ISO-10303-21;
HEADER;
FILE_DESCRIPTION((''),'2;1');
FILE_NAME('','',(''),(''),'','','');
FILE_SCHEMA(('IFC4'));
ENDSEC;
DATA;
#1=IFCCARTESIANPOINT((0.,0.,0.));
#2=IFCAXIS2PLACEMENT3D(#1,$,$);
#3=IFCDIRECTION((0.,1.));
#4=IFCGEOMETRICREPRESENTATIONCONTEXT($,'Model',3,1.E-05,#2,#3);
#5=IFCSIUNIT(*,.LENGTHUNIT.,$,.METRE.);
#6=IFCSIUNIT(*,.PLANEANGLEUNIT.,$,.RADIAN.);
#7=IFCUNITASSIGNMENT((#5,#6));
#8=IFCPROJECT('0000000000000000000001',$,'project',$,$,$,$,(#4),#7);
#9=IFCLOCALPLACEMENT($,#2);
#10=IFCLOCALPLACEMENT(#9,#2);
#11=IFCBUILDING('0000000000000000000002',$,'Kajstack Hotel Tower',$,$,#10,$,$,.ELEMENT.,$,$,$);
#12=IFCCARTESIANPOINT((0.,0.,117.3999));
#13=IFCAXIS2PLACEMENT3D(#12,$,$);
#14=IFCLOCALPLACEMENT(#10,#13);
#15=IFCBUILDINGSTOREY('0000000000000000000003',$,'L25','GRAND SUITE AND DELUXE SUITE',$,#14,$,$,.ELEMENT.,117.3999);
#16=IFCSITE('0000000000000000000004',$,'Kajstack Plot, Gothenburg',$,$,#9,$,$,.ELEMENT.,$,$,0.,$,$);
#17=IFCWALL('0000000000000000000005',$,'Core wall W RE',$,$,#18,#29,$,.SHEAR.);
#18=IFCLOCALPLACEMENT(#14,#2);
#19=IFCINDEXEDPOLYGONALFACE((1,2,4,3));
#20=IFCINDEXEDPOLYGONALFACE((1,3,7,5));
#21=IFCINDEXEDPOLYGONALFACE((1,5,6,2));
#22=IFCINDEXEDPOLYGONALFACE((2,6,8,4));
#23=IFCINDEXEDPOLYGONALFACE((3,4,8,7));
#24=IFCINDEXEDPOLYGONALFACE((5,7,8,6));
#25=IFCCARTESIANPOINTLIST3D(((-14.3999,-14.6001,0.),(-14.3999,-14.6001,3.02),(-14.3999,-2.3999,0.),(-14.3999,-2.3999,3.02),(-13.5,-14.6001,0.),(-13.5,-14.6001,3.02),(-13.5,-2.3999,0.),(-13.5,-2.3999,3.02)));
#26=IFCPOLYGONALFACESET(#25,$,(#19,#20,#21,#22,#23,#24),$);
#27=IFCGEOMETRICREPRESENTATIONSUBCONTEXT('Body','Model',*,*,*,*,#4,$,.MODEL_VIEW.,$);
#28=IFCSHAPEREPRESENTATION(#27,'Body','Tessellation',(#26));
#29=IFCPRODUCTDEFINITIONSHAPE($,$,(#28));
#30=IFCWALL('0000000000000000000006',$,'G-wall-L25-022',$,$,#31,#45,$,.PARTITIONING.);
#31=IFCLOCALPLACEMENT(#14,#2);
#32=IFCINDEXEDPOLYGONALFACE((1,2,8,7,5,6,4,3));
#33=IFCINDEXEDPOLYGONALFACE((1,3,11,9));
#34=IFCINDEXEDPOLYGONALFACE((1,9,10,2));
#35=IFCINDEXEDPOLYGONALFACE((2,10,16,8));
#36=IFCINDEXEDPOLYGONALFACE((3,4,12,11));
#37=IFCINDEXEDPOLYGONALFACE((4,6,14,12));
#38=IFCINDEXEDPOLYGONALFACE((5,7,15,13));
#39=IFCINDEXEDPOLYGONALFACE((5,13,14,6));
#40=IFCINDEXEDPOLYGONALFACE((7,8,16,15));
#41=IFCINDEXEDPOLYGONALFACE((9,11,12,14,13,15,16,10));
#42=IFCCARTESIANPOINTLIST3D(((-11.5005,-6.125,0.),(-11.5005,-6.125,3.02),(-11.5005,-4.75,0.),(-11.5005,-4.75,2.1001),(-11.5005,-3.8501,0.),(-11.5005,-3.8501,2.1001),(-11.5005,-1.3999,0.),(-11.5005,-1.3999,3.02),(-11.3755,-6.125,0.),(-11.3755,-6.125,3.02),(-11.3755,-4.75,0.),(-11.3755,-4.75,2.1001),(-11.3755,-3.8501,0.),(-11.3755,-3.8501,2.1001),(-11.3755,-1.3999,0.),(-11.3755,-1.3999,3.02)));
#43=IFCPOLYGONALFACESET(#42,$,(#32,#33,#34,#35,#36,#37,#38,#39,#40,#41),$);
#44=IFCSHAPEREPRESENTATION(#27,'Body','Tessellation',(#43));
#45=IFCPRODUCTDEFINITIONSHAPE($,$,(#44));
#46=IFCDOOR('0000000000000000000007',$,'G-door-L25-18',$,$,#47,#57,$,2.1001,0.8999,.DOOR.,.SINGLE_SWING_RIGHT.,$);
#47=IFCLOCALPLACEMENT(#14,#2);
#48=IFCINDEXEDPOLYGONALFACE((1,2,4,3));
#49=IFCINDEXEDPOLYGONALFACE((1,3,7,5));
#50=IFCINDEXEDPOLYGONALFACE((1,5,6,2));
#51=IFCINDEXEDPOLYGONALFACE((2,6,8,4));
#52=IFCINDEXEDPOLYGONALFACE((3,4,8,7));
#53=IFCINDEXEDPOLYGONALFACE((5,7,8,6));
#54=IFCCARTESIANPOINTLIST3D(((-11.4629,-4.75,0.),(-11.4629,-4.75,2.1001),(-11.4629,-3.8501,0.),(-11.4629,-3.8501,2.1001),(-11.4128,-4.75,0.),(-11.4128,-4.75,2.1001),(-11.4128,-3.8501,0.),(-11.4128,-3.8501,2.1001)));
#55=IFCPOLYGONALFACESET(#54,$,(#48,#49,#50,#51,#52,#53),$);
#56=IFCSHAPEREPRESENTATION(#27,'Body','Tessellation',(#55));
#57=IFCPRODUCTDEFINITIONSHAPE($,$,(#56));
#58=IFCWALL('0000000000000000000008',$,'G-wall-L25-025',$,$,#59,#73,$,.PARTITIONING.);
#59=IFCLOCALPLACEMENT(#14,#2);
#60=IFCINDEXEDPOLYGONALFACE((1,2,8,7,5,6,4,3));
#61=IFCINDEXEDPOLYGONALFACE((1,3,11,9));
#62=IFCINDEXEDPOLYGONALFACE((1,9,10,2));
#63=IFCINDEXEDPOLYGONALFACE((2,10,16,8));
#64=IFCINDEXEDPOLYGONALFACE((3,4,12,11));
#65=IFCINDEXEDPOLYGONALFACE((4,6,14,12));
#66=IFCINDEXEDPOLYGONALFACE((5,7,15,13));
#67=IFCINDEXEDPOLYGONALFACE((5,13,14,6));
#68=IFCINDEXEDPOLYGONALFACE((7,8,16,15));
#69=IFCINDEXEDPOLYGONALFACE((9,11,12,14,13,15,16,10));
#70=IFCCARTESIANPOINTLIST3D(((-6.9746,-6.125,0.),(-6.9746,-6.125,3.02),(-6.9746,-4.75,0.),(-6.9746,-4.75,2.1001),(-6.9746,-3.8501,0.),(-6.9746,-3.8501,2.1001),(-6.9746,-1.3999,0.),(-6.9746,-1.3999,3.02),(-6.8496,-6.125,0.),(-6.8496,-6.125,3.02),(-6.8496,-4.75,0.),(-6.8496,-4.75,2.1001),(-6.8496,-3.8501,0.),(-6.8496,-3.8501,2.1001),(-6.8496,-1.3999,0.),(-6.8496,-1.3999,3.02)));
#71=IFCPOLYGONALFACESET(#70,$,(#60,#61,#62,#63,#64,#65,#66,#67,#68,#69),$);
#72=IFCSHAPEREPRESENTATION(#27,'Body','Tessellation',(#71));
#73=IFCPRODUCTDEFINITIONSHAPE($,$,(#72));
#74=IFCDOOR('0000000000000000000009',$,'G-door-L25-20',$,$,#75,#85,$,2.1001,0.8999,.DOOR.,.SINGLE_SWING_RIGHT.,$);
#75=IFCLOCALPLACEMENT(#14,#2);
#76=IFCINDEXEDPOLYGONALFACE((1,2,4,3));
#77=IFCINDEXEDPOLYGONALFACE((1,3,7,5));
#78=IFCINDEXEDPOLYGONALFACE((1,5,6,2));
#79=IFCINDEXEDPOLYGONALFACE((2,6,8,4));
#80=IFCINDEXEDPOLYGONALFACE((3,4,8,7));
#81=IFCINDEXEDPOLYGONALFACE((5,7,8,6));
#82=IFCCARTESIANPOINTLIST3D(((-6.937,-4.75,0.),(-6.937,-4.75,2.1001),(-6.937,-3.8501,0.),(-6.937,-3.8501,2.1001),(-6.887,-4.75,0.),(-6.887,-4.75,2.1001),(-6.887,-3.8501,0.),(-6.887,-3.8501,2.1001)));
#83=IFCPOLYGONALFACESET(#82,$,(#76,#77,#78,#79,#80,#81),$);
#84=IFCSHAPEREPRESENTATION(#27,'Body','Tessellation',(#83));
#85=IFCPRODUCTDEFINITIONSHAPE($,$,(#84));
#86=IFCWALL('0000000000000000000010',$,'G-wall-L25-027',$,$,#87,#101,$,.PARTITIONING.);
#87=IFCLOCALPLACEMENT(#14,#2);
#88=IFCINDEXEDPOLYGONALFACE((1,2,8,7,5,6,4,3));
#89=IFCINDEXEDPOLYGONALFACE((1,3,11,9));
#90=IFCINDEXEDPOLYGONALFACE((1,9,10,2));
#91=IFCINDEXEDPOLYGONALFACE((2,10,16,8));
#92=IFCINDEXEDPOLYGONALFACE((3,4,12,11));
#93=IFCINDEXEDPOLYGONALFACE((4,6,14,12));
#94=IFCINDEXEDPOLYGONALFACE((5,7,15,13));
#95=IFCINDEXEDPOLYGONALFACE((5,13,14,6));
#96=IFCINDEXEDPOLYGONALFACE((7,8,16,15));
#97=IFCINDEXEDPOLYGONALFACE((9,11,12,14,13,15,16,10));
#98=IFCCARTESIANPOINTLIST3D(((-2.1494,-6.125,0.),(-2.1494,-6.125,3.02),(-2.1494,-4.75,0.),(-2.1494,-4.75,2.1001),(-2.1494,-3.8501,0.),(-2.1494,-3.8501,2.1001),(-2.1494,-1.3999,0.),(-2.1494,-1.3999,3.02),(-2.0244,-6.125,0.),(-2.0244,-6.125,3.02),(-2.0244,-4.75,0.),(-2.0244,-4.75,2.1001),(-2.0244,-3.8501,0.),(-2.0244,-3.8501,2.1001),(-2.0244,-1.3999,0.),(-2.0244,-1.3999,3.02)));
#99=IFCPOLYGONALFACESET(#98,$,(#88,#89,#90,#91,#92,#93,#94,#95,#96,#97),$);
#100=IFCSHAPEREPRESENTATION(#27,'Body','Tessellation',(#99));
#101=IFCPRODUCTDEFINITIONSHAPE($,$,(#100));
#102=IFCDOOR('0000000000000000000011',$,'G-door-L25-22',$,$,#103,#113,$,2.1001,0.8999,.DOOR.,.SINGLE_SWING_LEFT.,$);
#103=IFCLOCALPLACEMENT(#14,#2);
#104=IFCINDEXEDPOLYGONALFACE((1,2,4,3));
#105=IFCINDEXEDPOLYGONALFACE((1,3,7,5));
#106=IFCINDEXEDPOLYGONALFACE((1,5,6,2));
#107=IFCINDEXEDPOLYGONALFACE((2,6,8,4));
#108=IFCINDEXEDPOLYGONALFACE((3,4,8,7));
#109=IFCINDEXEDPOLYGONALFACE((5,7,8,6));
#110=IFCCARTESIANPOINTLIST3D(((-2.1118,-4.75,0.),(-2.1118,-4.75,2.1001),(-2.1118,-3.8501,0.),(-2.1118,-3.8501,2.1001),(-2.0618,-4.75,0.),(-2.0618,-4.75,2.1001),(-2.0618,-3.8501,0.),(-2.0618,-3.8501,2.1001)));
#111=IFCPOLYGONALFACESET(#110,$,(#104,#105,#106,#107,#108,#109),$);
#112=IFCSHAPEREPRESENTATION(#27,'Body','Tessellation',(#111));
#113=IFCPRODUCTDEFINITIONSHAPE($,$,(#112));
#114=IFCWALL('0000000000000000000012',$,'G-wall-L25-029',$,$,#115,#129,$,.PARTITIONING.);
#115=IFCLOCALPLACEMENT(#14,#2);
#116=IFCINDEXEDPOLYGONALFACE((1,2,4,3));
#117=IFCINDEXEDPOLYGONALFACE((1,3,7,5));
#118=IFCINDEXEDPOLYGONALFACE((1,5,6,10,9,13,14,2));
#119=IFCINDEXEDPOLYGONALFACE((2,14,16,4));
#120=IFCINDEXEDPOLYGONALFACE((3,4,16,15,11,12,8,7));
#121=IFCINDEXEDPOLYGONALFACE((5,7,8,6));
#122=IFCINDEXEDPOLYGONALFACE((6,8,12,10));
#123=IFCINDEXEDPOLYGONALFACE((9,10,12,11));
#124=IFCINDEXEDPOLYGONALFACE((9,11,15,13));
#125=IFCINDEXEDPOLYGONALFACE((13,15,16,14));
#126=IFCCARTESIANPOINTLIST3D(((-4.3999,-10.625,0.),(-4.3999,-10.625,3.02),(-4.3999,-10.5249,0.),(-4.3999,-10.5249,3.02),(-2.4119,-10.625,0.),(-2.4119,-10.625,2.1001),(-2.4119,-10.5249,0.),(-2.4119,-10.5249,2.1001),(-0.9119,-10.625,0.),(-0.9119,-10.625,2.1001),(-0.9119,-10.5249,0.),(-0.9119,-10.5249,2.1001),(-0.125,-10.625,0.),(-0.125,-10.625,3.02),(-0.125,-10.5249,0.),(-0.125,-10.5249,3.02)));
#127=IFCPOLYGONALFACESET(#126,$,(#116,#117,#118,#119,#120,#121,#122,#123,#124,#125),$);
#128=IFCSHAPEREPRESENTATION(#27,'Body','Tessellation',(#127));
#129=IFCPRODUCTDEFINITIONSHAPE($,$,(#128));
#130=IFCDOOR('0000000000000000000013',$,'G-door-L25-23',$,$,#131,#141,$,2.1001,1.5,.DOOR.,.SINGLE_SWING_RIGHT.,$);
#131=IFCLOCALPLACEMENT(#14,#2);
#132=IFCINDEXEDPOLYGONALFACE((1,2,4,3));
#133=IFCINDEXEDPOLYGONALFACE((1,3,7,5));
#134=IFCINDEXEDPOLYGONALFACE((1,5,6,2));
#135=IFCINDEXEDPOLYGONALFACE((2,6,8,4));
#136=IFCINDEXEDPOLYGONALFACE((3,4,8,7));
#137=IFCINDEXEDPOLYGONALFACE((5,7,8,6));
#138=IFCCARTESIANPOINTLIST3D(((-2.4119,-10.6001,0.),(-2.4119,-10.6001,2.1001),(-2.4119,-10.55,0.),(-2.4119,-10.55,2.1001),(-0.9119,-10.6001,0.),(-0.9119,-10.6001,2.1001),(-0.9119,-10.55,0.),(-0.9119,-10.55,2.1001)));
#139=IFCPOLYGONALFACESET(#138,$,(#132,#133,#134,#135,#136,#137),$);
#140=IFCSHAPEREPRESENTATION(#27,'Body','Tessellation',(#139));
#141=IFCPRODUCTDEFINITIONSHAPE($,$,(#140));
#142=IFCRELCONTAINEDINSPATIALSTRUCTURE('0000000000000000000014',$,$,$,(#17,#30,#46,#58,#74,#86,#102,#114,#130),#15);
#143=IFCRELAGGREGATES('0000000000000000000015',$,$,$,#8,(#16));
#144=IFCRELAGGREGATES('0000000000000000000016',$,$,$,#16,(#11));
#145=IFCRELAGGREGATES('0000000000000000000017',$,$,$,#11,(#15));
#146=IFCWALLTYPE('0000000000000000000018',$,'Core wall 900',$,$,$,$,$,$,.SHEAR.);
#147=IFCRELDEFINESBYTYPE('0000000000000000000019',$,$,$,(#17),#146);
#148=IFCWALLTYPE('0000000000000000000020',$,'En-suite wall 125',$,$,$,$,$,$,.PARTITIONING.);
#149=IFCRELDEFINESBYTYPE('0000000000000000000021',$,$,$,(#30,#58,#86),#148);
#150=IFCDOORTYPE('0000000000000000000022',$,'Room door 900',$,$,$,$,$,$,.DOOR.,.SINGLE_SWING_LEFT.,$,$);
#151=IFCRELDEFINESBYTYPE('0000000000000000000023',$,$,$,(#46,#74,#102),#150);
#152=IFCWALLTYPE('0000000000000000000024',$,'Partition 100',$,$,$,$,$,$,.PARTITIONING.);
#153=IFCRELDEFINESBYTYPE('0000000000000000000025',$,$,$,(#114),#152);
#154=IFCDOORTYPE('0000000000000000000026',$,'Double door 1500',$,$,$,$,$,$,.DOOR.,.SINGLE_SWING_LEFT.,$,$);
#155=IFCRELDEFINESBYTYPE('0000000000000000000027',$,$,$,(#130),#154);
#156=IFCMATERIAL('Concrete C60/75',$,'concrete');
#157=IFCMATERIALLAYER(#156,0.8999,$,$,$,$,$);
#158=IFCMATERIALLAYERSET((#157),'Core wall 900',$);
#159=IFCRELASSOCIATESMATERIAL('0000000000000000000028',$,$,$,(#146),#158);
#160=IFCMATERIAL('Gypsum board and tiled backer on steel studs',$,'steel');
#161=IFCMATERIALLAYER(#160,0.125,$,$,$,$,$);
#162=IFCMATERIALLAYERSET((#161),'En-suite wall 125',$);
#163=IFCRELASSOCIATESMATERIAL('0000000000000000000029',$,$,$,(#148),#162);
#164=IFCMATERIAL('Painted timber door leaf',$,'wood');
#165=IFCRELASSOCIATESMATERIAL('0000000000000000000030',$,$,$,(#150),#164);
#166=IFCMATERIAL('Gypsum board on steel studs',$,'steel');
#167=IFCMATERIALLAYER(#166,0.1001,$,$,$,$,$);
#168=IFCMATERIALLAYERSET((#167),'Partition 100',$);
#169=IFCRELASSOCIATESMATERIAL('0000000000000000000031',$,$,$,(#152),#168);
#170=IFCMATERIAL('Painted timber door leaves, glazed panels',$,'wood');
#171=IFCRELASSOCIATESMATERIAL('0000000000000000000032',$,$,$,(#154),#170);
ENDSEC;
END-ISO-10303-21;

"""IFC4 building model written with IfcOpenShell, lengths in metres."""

from ifc_helpers import new_model, si_unit, direction, frame, frame_2d, origin, place, context, subcontext, project, spatial, rectangle, extrude, material, layer, layer_set, type_object, element, fill, save


model = new_model("IFC4")

# Units and contexts
model_context = context("Model", 3, precision=1e-05, world=origin(), true_north=direction((0.0, 1.0)))
body_context = subcontext(model_context, "Body", "Model", "MODEL_VIEW")
ifc_project = project(units=[si_unit("LENGTHUNIT", "METRE"), si_unit("PLANEANGLEUNIT", "RADIAN")], contexts=[model_context])

# Site, building, storey
site_placement = place(None, origin())
site = spatial("IfcSite", under=ifc_project, at=site_placement, Name="Kajstack Plot, Gothenburg", CompositionType="ELEMENT", RefElevation=0.0)
building_placement = place(site_placement, origin())
building = spatial("IfcBuilding", under=site, at=building_placement, Name="Kajstack Hotel Tower", CompositionType="ELEMENT")
storey_placement = place(building_placement, frame((0.0, 0.0, 117.3999)))
storey = spatial("IfcBuildingStorey", under=building, at=storey_placement, Name="L25", Description="GRAND SUITE AND DELUXE SUITE", CompositionType="ELEMENT", Elevation=117.3999)

# Wall
ifc_material_1 = material(Name="Concrete C60/75", Category="concrete")
ifc_layer_1 = layer(ifc_material_1, 0.8999)
ifc_layer_set_1 = layer_set([ifc_layer_1], Name="Core wall 900")
wall_type_1 = type_object("IfcWallType", Name="Core wall 900", PredefinedType="SHEAR", material=ifc_layer_set_1)
wall_1_placement = place(storey_placement, frame((-13.95, -14.6001, 0.0), z_axis=(0.0, 0.0, 1.0), x_axis=(0.0, 1.0, 0.0)))
element("IfcWall", 1, at=wall_1_placement, inside=storey, type_object=wall_type_1, Name="Core wall W RE", PredefinedType="SHEAR", context=body_context, shape_type="SweptSolid", body=[
    extrude(rectangle(XDim=12.2002, YDim=0.8999, at=frame_2d((6.1001, 0.0))), origin(), (0.0, 0.0, 1.0), 3.02),
])

# Walls, openings, doors
ifc_material_2 = material(Name="Gypsum board and tiled backer on steel studs", Category="steel")
ifc_layer_2 = layer(ifc_material_2, 0.125)
ifc_layer_set_2 = layer_set([ifc_layer_2], Name="En-suite wall 125")
wall_type_2 = type_object("IfcWallType", Name="En-suite wall 125", PredefinedType="PARTITIONING", material=ifc_layer_set_2)
wall_2_placement = place(storey_placement, frame((-11.438, -6.125, 0.0), z_axis=(0.0, 0.0, 1.0), x_axis=(0.0, 1.0, 0.0)))
wall_2 = element("IfcWall", 2, at=wall_2_placement, inside=storey, type_object=wall_type_2, Name="G-wall-L25-022", PredefinedType="PARTITIONING", context=body_context, shape_type="SweptSolid", body=[
    extrude(rectangle(XDim=4.7251, YDim=0.125, at=frame_2d((2.3625, 0.0))), origin(), (0.0, 0.0, 1.0), 3.02),
])
opening_1_placement = place(wall_2_placement, frame((1.375, 0.0, 0.0)))
opening_1 = element("IfcOpeningElement", 3, at=opening_1_placement, cuts=wall_2, PredefinedType="OPENING", context=body_context, shape_type="SweptSolid", body=[
    extrude(rectangle(XDim=0.8999, YDim=2.1001, at=frame_2d((0.45, 1.05))), frame((0.0, 0.0725, 0.0), z_axis=(0.0, -1.0, 0.0), x_axis=(1.0, 0.0, 0.0)), (0.0, 0.0, 1.0), 0.145),
])
ifc_material_3 = material(Name="Painted timber door leaf", Category="wood")
door_type_1 = type_object("IfcDoorType", Name="Room door 900", OperationType="SINGLE_SWING_LEFT", PredefinedType="DOOR", material=ifc_material_3)
door_1_placement = place(opening_1_placement, origin())
door_1 = element("IfcDoor", 4, at=door_1_placement, inside=storey, type_object=door_type_1, Name="G-door-L25-18", OperationType="SINGLE_SWING_RIGHT", OverallHeight=2.1001, OverallWidth=0.8999, PredefinedType="DOOR", context=body_context, shape_type="SweptSolid", body=[
    extrude(rectangle(XDim=0.8999, YDim=2.1001, at=frame_2d((0.45, 1.05))), frame((0.0, 0.0249, 0.0), z_axis=(0.0, -1.0, 0.0), x_axis=(1.0, 0.0, 0.0)), (0.0, 0.0, 1.0), 0.05),
])
fill(opening_1, door_1)
wall_3_placement = place(storey_placement, frame((-6.9121, -6.125, 0.0), z_axis=(0.0, 0.0, 1.0), x_axis=(0.0, 1.0, 0.0)))
wall_3 = element("IfcWall", 5, at=wall_3_placement, inside=storey, type_object=wall_type_2, Name="G-wall-L25-025", PredefinedType="PARTITIONING", context=body_context, shape_type="SweptSolid", body=[
    extrude(rectangle(XDim=4.7251, YDim=0.125, at=frame_2d((2.3625, 0.0))), origin(), (0.0, 0.0, 1.0), 3.02),
])
opening_2_placement = place(wall_3_placement, frame((1.375, 0.0, 0.0)))
opening_2 = element("IfcOpeningElement", 6, at=opening_2_placement, cuts=wall_3, PredefinedType="OPENING", context=body_context, shape_type="SweptSolid", body=[
    extrude(rectangle(XDim=0.8999, YDim=2.1001, at=frame_2d((0.45, 1.05))), frame((0.0, 0.0725, 0.0), z_axis=(0.0, -1.0, 0.0), x_axis=(1.0, 0.0, 0.0)), (0.0, 0.0, 1.0), 0.145),
])
door_2_placement = place(opening_2_placement, origin())
door_2 = element("IfcDoor", 7, at=door_2_placement, inside=storey, type_object=door_type_1, Name="G-door-L25-20", OperationType="SINGLE_SWING_RIGHT", OverallHeight=2.1001, OverallWidth=0.8999, PredefinedType="DOOR", context=body_context, shape_type="SweptSolid", body=[
    extrude(rectangle(XDim=0.8999, YDim=2.1001, at=frame_2d((0.45, 1.05))), frame((0.0, 0.0249, 0.0), z_axis=(0.0, -1.0, 0.0), x_axis=(1.0, 0.0, 0.0)), (0.0, 0.0, 1.0), 0.05),
])
fill(opening_2, door_2)
wall_4_placement = place(storey_placement, frame((-2.0869, -6.125, 0.0), z_axis=(0.0, 0.0, 1.0), x_axis=(0.0, 1.0, 0.0)))
wall_4 = element("IfcWall", 8, at=wall_4_placement, inside=storey, type_object=wall_type_2, Name="G-wall-L25-027", PredefinedType="PARTITIONING", context=body_context, shape_type="SweptSolid", body=[
    extrude(rectangle(XDim=4.7251, YDim=0.125, at=frame_2d((2.3625, 0.0))), origin(), (0.0, 0.0, 1.0), 3.02),
])
opening_3_placement = place(wall_4_placement, frame((1.375, 0.0, 0.0)))
opening_3 = element("IfcOpeningElement", 9, at=opening_3_placement, cuts=wall_4, PredefinedType="OPENING", context=body_context, shape_type="SweptSolid", body=[
    extrude(rectangle(XDim=0.8999, YDim=2.1001, at=frame_2d((0.45, 1.05))), frame((0.0, 0.0725, 0.0), z_axis=(0.0, -1.0, 0.0), x_axis=(1.0, 0.0, 0.0)), (0.0, 0.0, 1.0), 0.145),
])
door_3_placement = place(opening_3_placement, origin())
door_3 = element("IfcDoor", 10, at=door_3_placement, inside=storey, type_object=door_type_1, Name="G-door-L25-22", OperationType="SINGLE_SWING_LEFT", OverallHeight=2.1001, OverallWidth=0.8999, PredefinedType="DOOR", context=body_context, shape_type="SweptSolid", body=[
    extrude(rectangle(XDim=0.8999, YDim=2.1001, at=frame_2d((0.45, 1.05))), frame((0.0, 0.0249, 0.0), z_axis=(0.0, -1.0, 0.0), x_axis=(1.0, 0.0, 0.0)), (0.0, 0.0, 1.0), 0.05),
])
fill(opening_3, door_3)
ifc_material_4 = material(Name="Gypsum board on steel studs", Category="steel")
ifc_layer_3 = layer(ifc_material_4, 0.1001)
ifc_layer_set_3 = layer_set([ifc_layer_3], Name="Partition 100")
wall_type_3 = type_object("IfcWallType", Name="Partition 100", PredefinedType="PARTITIONING", material=ifc_layer_set_3)
wall_5_placement = place(storey_placement, frame((-4.3999, -10.575, 0.0), z_axis=(0.0, 0.0, 1.0), x_axis=(1.0, 0.0, 0.0)))
wall_5 = element("IfcWall", 11, at=wall_5_placement, inside=storey, type_object=wall_type_3, Name="G-wall-L25-029", PredefinedType="PARTITIONING", context=body_context, shape_type="SweptSolid", body=[
    extrude(rectangle(XDim=4.2749, YDim=0.1001, at=frame_2d((2.1375, 0.0))), origin(), (0.0, 0.0, 1.0), 3.02),
])
opening_4_placement = place(wall_5_placement, frame((1.988, 0.0, 0.0)))
opening_4 = element("IfcOpeningElement", 12, at=opening_4_placement, cuts=wall_5, PredefinedType="OPENING", context=body_context, shape_type="SweptSolid", body=[
    extrude(rectangle(XDim=1.5, YDim=2.1001, at=frame_2d((0.75, 1.05))), frame((0.0, 0.0601, 0.0), z_axis=(0.0, -1.0, 0.0), x_axis=(1.0, 0.0, 0.0)), (0.0, 0.0, 1.0), 0.1201),
])
ifc_material_5 = material(Name="Painted timber door leaves, glazed panels", Category="wood")
door_type_2 = type_object("IfcDoorType", Name="Double door 1500", OperationType="SINGLE_SWING_LEFT", PredefinedType="DOOR", material=ifc_material_5)
door_4_placement = place(opening_4_placement, origin())
door_4 = element("IfcDoor", 13, at=door_4_placement, inside=storey, type_object=door_type_2, Name="G-door-L25-23", OperationType="SINGLE_SWING_RIGHT", OverallHeight=2.1001, OverallWidth=1.5, PredefinedType="DOOR", context=body_context, shape_type="SweptSolid", body=[
    extrude(rectangle(XDim=1.5, YDim=2.1001, at=frame_2d((0.75, 1.05))), frame((0.0, 0.0249, 0.0), z_axis=(0.0, -1.0, 0.0), x_axis=(1.0, 0.0, 0.0)), (0.0, 0.0, 1.0), 0.05),
])
fill(opening_4, door_4)

save(model, "model.ifc")
